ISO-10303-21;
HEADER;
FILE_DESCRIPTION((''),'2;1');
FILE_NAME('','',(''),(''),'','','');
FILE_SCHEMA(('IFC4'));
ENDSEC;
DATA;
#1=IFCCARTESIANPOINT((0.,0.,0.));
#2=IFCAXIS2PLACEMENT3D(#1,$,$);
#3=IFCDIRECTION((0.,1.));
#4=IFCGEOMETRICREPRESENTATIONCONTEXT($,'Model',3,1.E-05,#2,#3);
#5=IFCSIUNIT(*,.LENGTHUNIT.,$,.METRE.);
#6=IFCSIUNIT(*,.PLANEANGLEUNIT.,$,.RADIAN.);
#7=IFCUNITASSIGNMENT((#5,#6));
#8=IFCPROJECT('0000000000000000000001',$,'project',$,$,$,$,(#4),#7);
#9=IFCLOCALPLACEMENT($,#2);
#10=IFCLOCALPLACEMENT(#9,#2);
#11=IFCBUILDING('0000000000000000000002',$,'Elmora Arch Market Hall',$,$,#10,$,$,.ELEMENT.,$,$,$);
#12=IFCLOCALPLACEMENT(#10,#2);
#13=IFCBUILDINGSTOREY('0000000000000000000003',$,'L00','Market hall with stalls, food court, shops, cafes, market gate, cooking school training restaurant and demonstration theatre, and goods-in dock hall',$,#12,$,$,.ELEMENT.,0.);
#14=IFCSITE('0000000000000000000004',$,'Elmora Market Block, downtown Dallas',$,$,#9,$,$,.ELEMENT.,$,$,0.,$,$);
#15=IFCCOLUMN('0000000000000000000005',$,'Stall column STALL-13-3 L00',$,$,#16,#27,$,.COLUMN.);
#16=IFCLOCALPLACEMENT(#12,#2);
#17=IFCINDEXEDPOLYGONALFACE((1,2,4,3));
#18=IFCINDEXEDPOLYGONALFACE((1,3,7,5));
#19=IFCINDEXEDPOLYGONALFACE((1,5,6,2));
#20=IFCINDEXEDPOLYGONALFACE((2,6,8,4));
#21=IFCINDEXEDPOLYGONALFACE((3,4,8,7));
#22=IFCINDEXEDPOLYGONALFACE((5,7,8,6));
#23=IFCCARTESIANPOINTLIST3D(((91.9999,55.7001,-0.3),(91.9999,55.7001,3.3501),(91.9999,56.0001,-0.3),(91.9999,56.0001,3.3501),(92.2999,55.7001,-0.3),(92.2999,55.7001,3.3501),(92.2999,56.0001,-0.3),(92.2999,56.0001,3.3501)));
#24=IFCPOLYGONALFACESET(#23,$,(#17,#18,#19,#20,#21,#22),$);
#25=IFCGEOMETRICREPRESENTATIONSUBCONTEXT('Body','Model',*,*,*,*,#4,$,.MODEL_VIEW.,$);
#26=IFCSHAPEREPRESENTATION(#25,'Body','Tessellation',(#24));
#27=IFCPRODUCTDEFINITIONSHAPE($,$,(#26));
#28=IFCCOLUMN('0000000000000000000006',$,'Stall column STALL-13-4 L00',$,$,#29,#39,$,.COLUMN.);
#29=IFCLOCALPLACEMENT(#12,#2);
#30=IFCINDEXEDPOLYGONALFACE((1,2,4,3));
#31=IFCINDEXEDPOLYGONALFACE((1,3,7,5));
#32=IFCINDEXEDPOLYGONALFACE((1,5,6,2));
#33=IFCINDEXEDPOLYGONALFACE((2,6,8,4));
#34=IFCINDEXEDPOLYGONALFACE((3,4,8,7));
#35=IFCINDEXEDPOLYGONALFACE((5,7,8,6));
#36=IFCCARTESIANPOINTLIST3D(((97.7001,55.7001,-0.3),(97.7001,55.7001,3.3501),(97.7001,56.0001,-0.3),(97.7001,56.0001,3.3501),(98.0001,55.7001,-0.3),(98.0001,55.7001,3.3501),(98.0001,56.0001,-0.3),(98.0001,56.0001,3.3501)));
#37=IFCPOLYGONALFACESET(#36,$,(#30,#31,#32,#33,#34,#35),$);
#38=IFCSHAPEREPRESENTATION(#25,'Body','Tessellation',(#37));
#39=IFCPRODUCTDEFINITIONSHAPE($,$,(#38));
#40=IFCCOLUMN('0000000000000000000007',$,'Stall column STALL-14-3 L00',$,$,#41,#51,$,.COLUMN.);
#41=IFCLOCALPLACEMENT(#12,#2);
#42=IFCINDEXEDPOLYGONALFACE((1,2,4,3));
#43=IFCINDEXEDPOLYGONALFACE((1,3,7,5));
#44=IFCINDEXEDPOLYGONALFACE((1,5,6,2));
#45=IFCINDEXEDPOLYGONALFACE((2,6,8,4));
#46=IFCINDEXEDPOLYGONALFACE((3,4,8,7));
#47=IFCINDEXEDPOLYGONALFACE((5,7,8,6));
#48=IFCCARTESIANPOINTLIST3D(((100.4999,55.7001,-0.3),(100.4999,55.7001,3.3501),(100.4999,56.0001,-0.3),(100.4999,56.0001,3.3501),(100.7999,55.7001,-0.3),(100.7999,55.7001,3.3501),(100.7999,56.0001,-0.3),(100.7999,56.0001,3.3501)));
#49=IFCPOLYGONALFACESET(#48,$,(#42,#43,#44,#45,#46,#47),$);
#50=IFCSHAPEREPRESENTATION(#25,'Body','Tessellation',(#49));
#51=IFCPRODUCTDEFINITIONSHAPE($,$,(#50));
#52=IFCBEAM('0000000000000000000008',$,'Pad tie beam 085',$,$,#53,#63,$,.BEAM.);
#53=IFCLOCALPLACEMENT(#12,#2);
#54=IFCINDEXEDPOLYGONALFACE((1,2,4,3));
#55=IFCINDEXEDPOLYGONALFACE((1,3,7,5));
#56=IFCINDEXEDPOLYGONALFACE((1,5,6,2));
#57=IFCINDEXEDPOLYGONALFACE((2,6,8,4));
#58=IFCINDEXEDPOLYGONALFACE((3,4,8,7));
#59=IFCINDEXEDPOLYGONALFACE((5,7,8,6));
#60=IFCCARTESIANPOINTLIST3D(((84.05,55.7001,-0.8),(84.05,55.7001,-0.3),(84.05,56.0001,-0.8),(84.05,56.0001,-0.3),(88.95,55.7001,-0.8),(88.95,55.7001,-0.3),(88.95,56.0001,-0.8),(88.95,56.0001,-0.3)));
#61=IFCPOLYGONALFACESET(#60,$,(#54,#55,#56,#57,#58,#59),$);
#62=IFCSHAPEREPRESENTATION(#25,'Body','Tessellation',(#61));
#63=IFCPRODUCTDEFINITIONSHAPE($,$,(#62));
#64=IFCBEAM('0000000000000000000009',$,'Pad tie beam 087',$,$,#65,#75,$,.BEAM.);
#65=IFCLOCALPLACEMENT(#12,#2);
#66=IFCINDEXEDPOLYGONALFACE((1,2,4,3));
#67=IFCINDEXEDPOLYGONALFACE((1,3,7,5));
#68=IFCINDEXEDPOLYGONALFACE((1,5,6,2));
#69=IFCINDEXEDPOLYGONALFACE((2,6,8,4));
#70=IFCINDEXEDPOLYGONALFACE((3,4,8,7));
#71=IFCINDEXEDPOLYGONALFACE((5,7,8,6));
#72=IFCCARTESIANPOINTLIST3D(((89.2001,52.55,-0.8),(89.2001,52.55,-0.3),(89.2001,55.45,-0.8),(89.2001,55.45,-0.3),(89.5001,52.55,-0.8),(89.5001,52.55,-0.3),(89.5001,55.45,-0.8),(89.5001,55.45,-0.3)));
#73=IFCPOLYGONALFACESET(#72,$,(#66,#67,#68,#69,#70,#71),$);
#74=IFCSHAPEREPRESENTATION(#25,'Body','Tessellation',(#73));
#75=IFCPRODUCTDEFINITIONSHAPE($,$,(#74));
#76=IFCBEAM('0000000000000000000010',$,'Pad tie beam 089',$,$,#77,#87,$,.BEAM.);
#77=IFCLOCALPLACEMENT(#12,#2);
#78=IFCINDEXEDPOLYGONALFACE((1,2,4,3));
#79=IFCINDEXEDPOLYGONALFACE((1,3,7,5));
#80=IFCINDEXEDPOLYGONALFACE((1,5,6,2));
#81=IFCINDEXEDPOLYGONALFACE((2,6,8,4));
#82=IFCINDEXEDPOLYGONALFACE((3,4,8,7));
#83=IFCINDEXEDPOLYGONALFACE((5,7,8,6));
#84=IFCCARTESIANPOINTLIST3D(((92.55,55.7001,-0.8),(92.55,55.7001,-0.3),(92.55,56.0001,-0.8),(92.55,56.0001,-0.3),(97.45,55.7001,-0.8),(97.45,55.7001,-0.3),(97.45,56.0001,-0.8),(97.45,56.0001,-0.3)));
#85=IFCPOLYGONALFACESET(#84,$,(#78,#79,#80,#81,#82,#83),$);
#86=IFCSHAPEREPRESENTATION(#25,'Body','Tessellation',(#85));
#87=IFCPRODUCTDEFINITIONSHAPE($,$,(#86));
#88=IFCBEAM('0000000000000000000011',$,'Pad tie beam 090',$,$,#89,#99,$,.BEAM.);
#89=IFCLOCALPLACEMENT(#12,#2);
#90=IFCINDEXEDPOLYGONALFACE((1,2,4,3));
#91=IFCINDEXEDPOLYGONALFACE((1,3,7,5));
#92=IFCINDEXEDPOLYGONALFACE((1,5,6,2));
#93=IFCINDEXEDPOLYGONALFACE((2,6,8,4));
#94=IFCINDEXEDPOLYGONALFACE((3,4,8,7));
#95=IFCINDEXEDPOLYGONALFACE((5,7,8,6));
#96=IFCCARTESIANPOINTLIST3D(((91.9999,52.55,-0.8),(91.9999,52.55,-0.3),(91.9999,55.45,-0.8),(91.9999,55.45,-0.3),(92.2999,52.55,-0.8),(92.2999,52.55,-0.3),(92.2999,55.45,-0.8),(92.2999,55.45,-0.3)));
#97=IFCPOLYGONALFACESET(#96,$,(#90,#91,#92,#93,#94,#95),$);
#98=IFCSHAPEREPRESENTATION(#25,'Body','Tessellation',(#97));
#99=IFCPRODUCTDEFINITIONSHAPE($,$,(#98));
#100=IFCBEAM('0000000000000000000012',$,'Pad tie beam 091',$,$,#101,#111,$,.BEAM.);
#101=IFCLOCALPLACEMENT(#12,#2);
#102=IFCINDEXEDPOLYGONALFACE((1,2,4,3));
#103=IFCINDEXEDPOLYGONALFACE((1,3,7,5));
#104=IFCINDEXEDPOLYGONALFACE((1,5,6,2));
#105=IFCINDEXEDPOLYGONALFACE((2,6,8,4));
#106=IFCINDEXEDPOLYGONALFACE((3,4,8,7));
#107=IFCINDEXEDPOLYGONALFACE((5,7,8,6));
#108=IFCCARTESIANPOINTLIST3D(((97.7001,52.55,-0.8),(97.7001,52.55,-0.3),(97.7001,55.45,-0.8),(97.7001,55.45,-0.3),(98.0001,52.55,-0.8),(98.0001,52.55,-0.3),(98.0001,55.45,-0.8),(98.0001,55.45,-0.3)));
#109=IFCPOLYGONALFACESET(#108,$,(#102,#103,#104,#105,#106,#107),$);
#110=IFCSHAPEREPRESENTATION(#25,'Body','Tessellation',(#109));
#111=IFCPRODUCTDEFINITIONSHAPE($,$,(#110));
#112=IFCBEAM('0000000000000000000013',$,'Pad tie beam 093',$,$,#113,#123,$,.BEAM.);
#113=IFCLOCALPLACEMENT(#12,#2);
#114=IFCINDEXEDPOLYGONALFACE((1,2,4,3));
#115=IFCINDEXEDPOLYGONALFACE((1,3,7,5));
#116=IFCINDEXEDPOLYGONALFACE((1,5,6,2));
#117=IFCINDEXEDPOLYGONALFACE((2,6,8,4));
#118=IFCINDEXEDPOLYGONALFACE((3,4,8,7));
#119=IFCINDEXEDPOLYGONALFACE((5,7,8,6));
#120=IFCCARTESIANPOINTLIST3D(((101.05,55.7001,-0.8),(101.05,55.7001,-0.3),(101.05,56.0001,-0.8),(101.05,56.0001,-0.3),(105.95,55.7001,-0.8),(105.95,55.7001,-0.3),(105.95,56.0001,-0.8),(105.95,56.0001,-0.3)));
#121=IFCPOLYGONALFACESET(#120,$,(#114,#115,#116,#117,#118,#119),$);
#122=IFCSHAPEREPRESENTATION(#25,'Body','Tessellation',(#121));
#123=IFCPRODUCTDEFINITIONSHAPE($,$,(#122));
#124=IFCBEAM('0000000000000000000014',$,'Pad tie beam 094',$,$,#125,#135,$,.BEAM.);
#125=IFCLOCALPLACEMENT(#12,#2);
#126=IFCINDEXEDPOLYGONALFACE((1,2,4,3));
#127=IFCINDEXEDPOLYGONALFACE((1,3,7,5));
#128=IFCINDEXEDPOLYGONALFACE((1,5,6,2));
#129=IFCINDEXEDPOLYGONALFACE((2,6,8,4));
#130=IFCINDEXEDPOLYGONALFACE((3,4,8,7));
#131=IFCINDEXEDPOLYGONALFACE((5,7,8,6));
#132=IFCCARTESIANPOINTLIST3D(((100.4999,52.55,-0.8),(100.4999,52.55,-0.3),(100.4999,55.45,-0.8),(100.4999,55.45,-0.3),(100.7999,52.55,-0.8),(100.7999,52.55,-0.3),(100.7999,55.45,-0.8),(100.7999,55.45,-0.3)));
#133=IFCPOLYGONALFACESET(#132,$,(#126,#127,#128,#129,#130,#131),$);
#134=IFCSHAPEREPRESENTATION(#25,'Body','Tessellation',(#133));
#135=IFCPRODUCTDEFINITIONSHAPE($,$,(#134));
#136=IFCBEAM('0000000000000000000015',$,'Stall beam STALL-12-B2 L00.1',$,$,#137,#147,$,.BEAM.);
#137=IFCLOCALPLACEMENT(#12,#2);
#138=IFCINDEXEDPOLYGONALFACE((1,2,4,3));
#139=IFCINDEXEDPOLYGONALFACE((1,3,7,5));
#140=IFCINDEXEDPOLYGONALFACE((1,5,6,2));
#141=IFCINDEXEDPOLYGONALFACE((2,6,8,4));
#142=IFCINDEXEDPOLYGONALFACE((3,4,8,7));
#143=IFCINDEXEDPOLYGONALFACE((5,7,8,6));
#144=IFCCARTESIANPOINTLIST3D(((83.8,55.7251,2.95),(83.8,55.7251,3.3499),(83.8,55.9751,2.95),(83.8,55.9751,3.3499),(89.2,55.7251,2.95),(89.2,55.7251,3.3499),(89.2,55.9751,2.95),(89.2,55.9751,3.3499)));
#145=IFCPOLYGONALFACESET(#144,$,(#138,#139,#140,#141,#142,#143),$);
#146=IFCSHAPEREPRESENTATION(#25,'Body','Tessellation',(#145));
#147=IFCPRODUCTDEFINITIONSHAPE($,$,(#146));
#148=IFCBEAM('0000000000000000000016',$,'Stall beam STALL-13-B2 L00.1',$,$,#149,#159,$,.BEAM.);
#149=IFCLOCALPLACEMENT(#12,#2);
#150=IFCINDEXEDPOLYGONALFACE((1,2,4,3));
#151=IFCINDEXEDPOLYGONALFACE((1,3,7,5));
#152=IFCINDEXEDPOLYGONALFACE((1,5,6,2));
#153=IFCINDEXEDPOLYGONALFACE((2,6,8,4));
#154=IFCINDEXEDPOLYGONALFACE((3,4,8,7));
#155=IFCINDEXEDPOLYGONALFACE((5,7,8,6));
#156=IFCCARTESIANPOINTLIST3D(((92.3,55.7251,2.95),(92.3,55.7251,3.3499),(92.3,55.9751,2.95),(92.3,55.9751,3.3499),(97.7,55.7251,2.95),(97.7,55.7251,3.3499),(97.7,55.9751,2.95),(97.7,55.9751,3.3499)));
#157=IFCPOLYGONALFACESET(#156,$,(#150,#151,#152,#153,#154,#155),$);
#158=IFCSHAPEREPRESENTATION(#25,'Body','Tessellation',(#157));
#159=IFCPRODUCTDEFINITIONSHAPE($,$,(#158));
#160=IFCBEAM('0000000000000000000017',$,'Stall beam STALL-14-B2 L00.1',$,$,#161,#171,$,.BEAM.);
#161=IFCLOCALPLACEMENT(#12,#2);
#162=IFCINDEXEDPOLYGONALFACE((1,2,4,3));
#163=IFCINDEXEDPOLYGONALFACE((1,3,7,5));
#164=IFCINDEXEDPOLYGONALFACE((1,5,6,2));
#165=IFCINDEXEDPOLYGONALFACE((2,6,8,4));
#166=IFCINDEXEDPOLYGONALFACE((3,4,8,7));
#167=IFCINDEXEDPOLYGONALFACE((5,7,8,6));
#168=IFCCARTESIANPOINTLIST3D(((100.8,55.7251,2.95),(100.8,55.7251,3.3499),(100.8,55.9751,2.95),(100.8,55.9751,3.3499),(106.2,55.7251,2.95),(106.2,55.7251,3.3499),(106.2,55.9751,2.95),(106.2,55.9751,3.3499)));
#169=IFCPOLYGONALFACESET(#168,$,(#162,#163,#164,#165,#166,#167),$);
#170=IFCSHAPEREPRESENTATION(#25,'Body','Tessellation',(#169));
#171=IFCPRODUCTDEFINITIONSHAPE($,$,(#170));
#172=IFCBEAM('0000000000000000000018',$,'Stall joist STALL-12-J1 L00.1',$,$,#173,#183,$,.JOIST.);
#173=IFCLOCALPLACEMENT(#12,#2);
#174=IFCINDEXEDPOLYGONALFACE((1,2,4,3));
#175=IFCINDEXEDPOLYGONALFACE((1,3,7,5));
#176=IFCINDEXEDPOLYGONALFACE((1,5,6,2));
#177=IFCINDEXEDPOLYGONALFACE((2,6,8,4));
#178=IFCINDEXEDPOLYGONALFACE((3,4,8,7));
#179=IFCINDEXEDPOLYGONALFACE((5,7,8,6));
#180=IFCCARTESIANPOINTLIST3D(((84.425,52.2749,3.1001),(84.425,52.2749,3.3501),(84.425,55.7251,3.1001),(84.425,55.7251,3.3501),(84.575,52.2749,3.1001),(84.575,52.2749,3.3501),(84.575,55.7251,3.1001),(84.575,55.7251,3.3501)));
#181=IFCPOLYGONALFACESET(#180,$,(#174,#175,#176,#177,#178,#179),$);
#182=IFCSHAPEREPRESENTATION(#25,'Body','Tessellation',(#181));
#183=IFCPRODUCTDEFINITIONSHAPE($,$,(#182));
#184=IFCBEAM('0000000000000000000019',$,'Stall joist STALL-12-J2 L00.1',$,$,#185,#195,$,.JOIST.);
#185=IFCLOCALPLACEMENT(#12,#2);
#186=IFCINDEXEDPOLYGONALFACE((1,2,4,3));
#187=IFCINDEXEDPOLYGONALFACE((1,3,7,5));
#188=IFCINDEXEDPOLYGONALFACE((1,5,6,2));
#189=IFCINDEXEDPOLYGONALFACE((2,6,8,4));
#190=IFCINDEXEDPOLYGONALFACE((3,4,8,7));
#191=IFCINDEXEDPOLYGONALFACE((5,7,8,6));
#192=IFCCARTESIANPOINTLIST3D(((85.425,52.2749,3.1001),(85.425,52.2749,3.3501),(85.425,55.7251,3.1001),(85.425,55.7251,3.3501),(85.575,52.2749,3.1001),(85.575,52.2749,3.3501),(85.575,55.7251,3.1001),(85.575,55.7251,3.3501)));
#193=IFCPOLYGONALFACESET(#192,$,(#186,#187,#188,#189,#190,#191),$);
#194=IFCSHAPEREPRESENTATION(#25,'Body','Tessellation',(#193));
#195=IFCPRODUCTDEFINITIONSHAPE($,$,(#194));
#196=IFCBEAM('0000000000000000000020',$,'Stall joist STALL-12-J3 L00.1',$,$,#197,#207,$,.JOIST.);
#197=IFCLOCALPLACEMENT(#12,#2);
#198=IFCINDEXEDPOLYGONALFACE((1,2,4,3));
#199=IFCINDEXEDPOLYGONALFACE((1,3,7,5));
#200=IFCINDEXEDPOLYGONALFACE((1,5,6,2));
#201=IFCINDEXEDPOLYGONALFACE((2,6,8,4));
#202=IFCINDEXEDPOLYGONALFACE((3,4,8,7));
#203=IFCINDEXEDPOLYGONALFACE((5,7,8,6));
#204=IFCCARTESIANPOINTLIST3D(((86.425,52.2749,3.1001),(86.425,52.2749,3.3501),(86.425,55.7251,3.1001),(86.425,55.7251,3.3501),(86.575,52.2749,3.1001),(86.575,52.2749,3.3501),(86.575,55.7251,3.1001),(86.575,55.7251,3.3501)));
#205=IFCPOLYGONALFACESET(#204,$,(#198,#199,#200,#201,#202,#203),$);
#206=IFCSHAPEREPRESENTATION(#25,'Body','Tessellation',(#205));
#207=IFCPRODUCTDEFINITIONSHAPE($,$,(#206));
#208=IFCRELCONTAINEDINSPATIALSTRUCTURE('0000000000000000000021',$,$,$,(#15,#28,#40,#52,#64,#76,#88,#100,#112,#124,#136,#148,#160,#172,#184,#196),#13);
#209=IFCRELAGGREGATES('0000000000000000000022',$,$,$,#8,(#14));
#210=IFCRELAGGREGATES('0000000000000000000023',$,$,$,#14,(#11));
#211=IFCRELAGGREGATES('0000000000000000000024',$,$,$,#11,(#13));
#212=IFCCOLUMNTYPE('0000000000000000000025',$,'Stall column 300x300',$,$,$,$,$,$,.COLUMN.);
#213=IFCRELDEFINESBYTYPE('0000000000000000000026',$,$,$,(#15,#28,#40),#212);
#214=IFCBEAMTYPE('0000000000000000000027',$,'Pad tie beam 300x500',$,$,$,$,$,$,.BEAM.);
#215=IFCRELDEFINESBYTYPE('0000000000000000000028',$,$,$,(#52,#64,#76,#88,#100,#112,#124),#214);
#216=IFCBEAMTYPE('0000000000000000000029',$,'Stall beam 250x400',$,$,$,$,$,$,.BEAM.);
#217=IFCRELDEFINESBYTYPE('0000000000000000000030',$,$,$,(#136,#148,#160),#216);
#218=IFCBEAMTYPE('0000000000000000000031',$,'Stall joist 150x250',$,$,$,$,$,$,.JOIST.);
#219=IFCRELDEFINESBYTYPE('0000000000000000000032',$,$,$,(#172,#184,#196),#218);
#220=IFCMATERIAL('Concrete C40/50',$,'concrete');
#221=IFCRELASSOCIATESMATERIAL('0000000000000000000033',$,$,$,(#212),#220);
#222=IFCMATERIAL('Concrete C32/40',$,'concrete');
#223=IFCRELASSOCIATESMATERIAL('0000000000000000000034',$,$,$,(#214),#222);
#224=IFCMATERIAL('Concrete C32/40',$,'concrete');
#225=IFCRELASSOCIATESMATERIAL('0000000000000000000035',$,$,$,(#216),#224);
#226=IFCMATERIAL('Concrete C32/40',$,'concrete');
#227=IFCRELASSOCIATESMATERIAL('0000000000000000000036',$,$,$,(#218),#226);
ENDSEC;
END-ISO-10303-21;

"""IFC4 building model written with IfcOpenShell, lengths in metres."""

from ifc_helpers import new_model, si_unit, direction, frame, origin, origin_2d, place, context, subcontext, project, spatial, rectangle, extrude, material, material_profile, profile_set, type_object, element, save


model = new_model("IFC4")

# Units and contexts
model_context = context("Model", 3, precision=1e-05, world=origin(), true_north=direction((0.0, 1.0)))
body_context = subcontext(model_context, "Body", "Model", "MODEL_VIEW")
ifc_project = project(units=[si_unit("LENGTHUNIT", "METRE"), si_unit("PLANEANGLEUNIT", "RADIAN")], contexts=[model_context])

# Site, building, storey
site_placement = place(None, origin())
site = spatial("IfcSite", under=ifc_project, at=site_placement, Name="Elmora Market Block, downtown Dallas", CompositionType="ELEMENT", RefElevation=0.0)
building_placement = place(site_placement, origin())
building = spatial("IfcBuilding", under=site, at=building_placement, Name="Elmora Arch Market Hall", CompositionType="ELEMENT")
storey_placement = place(building_placement, origin())
storey = spatial("IfcBuildingStorey", under=building, at=storey_placement, Name="L00", Description="Market hall with stalls, food court, shops, cafes, market gate, cooking school training restaurant and demonstration theatre, and goods-in dock hall", CompositionType="ELEMENT", Elevation=0.0)

# Columns
ifc_material_1 = material(Name="Concrete C40/50", Category="concrete")
ifc_material_profile_1 = material_profile(ifc_material_1, rectangle(XDim=0.3, YDim=0.3, at=origin_2d()), Name="Stall column 300x300")
ifc_profile_set_1 = profile_set([ifc_material_profile_1], Name="Concrete C40/50")
column_type = type_object("IfcColumnType", Name="Stall column 300x300", PredefinedType="COLUMN", material=ifc_profile_set_1)
for number, where, z_axis, x_axis, name in (
    (1, (92.1499, 55.8501, -0.3), (0.0, 0.0, 1.0), (1.0, 0.0, 0.0), "Stall column STALL-13-3 L00"),
    (2, (97.8501, 55.8501, -0.3), (0.0, 0.0, 1.0), (1.0, 0.0, 0.0), "Stall column STALL-13-4 L00"),
    (3, (100.6499, 55.8501, -0.3), (0.0, 0.0, 1.0), (1.0, 0.0, 0.0), "Stall column STALL-14-3 L00"),
):
    element("IfcColumn", number, at=place(storey_placement, frame(where, z_axis=z_axis, x_axis=x_axis)), inside=storey, type_object=column_type, Name=name, PredefinedType="COLUMN", context=body_context, shape_type="SweptSolid", body=[
        extrude(rectangle(XDim=0.3, YDim=0.3, at=origin_2d()), origin(), (0.0, 0.0, 1.0), 3.6501),
    ])

# Beams
ifc_material_2 = material(Name="Concrete C32/40", Category="concrete")
ifc_material_profile_2 = material_profile(ifc_material_2, rectangle(XDim=0.3, YDim=0.5, at=origin_2d()), Name="Pad tie beam 300x500")
ifc_profile_set_2 = profile_set([ifc_material_profile_2], Name="Concrete C32/40")
beam_type_1 = type_object("IfcBeamType", Name="Pad tie beam 300x500", PredefinedType="BEAM", material=ifc_profile_set_2)
beam_1_placement = place(storey_placement, frame((84.05, 55.8501, -0.55), z_axis=(1.0, 0.0, 0.0), x_axis=(0.0, 1.0, 0.0)))
element("IfcBeam", 4, at=beam_1_placement, inside=storey, type_object=beam_type_1, Name="Pad tie beam 085", PredefinedType="BEAM", context=body_context, shape_type="SweptSolid", body=[
    extrude(rectangle(XDim=0.3, YDim=0.5, at=origin_2d()), origin(), (0.0, 0.0, 1.0), 4.8999),
])
beam_2_placement = place(storey_placement, frame((89.3501, 52.55, -0.55), z_axis=(0.0, 1.0, 0.0), x_axis=(-1.0, 0.0, 0.0)))
element("IfcBeam", 5, at=beam_2_placement, inside=storey, type_object=beam_type_1, Name="Pad tie beam 087", PredefinedType="BEAM", context=body_context, shape_type="SweptSolid", body=[
    extrude(rectangle(XDim=0.3, YDim=0.5, at=origin_2d()), origin(), (0.0, 0.0, 1.0), 2.8999),
])
beam_3_placement = place(storey_placement, frame((92.55, 55.8501, -0.55), z_axis=(1.0, 0.0, 0.0), x_axis=(0.0, 1.0, 0.0)))
element("IfcBeam", 6, at=beam_3_placement, inside=storey, type_object=beam_type_1, Name="Pad tie beam 089", PredefinedType="BEAM", context=body_context, shape_type="SweptSolid", body=[
    extrude(rectangle(XDim=0.3, YDim=0.5, at=origin_2d()), origin(), (0.0, 0.0, 1.0), 4.8999),
])
for number, where, z_axis, x_axis, name in (
    (7, (92.1499, 52.55, -0.55), (0.0, 1.0, 0.0), (-1.0, 0.0, 0.0), "Pad tie beam 090"),
    (8, (97.8501, 52.55, -0.55), (0.0, 1.0, 0.0), (-1.0, 0.0, 0.0), "Pad tie beam 091"),
):
    element("IfcBeam", number, at=place(storey_placement, frame(where, z_axis=z_axis, x_axis=x_axis)), inside=storey, type_object=beam_type_1, Name=name, PredefinedType="BEAM", context=body_context, shape_type="SweptSolid", body=[
        extrude(rectangle(XDim=0.3, YDim=0.5, at=origin_2d()), origin(), (0.0, 0.0, 1.0), 2.8999),
    ])
beam_4_placement = place(storey_placement, frame((101.05, 55.8501, -0.55), z_axis=(1.0, 0.0, 0.0), x_axis=(0.0, 1.0, 0.0)))
element("IfcBeam", 9, at=beam_4_placement, inside=storey, type_object=beam_type_1, Name="Pad tie beam 093", PredefinedType="BEAM", context=body_context, shape_type="SweptSolid", body=[
    extrude(rectangle(XDim=0.3, YDim=0.5, at=origin_2d()), origin(), (0.0, 0.0, 1.0), 4.8999),
])
beam_5_placement = place(storey_placement, frame((100.6499, 52.55, -0.55), z_axis=(0.0, 1.0, 0.0), x_axis=(-1.0, 0.0, 0.0)))
element("IfcBeam", 10, at=beam_5_placement, inside=storey, type_object=beam_type_1, Name="Pad tie beam 094", PredefinedType="BEAM", context=body_context, shape_type="SweptSolid", body=[
    extrude(rectangle(XDim=0.3, YDim=0.5, at=origin_2d()), origin(), (0.0, 0.0, 1.0), 2.8999),
])
ifc_material_3 = material(Name="Concrete C32/40", Category="concrete")
ifc_material_profile_3 = material_profile(ifc_material_3, rectangle(XDim=0.25, YDim=0.3999, at=origin_2d()), Name="Stall beam 250x400")
ifc_profile_set_3 = profile_set([ifc_material_profile_3], Name="Concrete C32/40")
beam_type_2 = type_object("IfcBeamType", Name="Stall beam 250x400", PredefinedType="BEAM", material=ifc_profile_set_3)
for number, where, z_axis, x_axis, name in (
    (11, (83.8, 55.8501, 3.1499), (1.0, 0.0, 0.0), (0.0, 1.0, 0.0), "Stall beam STALL-12-B2 L00.1"),
    (12, (92.3, 55.8501, 3.1499), (1.0, 0.0, 0.0), (0.0, 1.0, 0.0), "Stall beam STALL-13-B2 L00.1"),
    (13, (100.8, 55.8501, 3.1499), (1.0, 0.0, 0.0), (0.0, 1.0, 0.0), "Stall beam STALL-14-B2 L00.1"),
):
    element("IfcBeam", number, at=place(storey_placement, frame(where, z_axis=z_axis, x_axis=x_axis)), inside=storey, type_object=beam_type_2, Name=name, PredefinedType="BEAM", context=body_context, shape_type="SweptSolid", body=[
        extrude(rectangle(XDim=0.25, YDim=0.3999, at=origin_2d()), origin(), (0.0, 0.0, 1.0), 5.3999),
    ])
ifc_material_4 = material(Name="Concrete C32/40", Category="concrete")
ifc_material_profile_4 = material_profile(ifc_material_4, rectangle(XDim=0.1499, YDim=0.25, at=origin_2d()), Name="Stall joist 150x250")
ifc_profile_set_4 = profile_set([ifc_material_profile_4], Name="Concrete C32/40")
beam_type_3 = type_object("IfcBeamType", Name="Stall joist 150x250", PredefinedType="JOIST", material=ifc_profile_set_4)
for number, where, z_axis, x_axis, name in (
    (14, (84.5, 52.2749, 3.2251), (0.0, 1.0, 0.0), (-1.0, 0.0, 0.0), "Stall joist STALL-12-J1 L00.1"),
    (15, (85.5, 52.2749, 3.2251), (0.0, 1.0, 0.0), (-1.0, 0.0, 0.0), "Stall joist STALL-12-J2 L00.1"),
    (16, (86.5, 52.2749, 3.2251), (0.0, 1.0, 0.0), (-1.0, 0.0, 0.0), "Stall joist STALL-12-J3 L00.1"),
):
    element("IfcBeam", number, at=place(storey_placement, frame(where, z_axis=z_axis, x_axis=x_axis)), inside=storey, type_object=beam_type_3, Name=name, PredefinedType="JOIST", context=body_context, shape_type="SweptSolid", body=[
        extrude(rectangle(XDim=0.1499, YDim=0.25, at=origin_2d()), origin(), (0.0, 0.0, 1.0), 3.4502),
    ])

save(model, "model.ifc")
